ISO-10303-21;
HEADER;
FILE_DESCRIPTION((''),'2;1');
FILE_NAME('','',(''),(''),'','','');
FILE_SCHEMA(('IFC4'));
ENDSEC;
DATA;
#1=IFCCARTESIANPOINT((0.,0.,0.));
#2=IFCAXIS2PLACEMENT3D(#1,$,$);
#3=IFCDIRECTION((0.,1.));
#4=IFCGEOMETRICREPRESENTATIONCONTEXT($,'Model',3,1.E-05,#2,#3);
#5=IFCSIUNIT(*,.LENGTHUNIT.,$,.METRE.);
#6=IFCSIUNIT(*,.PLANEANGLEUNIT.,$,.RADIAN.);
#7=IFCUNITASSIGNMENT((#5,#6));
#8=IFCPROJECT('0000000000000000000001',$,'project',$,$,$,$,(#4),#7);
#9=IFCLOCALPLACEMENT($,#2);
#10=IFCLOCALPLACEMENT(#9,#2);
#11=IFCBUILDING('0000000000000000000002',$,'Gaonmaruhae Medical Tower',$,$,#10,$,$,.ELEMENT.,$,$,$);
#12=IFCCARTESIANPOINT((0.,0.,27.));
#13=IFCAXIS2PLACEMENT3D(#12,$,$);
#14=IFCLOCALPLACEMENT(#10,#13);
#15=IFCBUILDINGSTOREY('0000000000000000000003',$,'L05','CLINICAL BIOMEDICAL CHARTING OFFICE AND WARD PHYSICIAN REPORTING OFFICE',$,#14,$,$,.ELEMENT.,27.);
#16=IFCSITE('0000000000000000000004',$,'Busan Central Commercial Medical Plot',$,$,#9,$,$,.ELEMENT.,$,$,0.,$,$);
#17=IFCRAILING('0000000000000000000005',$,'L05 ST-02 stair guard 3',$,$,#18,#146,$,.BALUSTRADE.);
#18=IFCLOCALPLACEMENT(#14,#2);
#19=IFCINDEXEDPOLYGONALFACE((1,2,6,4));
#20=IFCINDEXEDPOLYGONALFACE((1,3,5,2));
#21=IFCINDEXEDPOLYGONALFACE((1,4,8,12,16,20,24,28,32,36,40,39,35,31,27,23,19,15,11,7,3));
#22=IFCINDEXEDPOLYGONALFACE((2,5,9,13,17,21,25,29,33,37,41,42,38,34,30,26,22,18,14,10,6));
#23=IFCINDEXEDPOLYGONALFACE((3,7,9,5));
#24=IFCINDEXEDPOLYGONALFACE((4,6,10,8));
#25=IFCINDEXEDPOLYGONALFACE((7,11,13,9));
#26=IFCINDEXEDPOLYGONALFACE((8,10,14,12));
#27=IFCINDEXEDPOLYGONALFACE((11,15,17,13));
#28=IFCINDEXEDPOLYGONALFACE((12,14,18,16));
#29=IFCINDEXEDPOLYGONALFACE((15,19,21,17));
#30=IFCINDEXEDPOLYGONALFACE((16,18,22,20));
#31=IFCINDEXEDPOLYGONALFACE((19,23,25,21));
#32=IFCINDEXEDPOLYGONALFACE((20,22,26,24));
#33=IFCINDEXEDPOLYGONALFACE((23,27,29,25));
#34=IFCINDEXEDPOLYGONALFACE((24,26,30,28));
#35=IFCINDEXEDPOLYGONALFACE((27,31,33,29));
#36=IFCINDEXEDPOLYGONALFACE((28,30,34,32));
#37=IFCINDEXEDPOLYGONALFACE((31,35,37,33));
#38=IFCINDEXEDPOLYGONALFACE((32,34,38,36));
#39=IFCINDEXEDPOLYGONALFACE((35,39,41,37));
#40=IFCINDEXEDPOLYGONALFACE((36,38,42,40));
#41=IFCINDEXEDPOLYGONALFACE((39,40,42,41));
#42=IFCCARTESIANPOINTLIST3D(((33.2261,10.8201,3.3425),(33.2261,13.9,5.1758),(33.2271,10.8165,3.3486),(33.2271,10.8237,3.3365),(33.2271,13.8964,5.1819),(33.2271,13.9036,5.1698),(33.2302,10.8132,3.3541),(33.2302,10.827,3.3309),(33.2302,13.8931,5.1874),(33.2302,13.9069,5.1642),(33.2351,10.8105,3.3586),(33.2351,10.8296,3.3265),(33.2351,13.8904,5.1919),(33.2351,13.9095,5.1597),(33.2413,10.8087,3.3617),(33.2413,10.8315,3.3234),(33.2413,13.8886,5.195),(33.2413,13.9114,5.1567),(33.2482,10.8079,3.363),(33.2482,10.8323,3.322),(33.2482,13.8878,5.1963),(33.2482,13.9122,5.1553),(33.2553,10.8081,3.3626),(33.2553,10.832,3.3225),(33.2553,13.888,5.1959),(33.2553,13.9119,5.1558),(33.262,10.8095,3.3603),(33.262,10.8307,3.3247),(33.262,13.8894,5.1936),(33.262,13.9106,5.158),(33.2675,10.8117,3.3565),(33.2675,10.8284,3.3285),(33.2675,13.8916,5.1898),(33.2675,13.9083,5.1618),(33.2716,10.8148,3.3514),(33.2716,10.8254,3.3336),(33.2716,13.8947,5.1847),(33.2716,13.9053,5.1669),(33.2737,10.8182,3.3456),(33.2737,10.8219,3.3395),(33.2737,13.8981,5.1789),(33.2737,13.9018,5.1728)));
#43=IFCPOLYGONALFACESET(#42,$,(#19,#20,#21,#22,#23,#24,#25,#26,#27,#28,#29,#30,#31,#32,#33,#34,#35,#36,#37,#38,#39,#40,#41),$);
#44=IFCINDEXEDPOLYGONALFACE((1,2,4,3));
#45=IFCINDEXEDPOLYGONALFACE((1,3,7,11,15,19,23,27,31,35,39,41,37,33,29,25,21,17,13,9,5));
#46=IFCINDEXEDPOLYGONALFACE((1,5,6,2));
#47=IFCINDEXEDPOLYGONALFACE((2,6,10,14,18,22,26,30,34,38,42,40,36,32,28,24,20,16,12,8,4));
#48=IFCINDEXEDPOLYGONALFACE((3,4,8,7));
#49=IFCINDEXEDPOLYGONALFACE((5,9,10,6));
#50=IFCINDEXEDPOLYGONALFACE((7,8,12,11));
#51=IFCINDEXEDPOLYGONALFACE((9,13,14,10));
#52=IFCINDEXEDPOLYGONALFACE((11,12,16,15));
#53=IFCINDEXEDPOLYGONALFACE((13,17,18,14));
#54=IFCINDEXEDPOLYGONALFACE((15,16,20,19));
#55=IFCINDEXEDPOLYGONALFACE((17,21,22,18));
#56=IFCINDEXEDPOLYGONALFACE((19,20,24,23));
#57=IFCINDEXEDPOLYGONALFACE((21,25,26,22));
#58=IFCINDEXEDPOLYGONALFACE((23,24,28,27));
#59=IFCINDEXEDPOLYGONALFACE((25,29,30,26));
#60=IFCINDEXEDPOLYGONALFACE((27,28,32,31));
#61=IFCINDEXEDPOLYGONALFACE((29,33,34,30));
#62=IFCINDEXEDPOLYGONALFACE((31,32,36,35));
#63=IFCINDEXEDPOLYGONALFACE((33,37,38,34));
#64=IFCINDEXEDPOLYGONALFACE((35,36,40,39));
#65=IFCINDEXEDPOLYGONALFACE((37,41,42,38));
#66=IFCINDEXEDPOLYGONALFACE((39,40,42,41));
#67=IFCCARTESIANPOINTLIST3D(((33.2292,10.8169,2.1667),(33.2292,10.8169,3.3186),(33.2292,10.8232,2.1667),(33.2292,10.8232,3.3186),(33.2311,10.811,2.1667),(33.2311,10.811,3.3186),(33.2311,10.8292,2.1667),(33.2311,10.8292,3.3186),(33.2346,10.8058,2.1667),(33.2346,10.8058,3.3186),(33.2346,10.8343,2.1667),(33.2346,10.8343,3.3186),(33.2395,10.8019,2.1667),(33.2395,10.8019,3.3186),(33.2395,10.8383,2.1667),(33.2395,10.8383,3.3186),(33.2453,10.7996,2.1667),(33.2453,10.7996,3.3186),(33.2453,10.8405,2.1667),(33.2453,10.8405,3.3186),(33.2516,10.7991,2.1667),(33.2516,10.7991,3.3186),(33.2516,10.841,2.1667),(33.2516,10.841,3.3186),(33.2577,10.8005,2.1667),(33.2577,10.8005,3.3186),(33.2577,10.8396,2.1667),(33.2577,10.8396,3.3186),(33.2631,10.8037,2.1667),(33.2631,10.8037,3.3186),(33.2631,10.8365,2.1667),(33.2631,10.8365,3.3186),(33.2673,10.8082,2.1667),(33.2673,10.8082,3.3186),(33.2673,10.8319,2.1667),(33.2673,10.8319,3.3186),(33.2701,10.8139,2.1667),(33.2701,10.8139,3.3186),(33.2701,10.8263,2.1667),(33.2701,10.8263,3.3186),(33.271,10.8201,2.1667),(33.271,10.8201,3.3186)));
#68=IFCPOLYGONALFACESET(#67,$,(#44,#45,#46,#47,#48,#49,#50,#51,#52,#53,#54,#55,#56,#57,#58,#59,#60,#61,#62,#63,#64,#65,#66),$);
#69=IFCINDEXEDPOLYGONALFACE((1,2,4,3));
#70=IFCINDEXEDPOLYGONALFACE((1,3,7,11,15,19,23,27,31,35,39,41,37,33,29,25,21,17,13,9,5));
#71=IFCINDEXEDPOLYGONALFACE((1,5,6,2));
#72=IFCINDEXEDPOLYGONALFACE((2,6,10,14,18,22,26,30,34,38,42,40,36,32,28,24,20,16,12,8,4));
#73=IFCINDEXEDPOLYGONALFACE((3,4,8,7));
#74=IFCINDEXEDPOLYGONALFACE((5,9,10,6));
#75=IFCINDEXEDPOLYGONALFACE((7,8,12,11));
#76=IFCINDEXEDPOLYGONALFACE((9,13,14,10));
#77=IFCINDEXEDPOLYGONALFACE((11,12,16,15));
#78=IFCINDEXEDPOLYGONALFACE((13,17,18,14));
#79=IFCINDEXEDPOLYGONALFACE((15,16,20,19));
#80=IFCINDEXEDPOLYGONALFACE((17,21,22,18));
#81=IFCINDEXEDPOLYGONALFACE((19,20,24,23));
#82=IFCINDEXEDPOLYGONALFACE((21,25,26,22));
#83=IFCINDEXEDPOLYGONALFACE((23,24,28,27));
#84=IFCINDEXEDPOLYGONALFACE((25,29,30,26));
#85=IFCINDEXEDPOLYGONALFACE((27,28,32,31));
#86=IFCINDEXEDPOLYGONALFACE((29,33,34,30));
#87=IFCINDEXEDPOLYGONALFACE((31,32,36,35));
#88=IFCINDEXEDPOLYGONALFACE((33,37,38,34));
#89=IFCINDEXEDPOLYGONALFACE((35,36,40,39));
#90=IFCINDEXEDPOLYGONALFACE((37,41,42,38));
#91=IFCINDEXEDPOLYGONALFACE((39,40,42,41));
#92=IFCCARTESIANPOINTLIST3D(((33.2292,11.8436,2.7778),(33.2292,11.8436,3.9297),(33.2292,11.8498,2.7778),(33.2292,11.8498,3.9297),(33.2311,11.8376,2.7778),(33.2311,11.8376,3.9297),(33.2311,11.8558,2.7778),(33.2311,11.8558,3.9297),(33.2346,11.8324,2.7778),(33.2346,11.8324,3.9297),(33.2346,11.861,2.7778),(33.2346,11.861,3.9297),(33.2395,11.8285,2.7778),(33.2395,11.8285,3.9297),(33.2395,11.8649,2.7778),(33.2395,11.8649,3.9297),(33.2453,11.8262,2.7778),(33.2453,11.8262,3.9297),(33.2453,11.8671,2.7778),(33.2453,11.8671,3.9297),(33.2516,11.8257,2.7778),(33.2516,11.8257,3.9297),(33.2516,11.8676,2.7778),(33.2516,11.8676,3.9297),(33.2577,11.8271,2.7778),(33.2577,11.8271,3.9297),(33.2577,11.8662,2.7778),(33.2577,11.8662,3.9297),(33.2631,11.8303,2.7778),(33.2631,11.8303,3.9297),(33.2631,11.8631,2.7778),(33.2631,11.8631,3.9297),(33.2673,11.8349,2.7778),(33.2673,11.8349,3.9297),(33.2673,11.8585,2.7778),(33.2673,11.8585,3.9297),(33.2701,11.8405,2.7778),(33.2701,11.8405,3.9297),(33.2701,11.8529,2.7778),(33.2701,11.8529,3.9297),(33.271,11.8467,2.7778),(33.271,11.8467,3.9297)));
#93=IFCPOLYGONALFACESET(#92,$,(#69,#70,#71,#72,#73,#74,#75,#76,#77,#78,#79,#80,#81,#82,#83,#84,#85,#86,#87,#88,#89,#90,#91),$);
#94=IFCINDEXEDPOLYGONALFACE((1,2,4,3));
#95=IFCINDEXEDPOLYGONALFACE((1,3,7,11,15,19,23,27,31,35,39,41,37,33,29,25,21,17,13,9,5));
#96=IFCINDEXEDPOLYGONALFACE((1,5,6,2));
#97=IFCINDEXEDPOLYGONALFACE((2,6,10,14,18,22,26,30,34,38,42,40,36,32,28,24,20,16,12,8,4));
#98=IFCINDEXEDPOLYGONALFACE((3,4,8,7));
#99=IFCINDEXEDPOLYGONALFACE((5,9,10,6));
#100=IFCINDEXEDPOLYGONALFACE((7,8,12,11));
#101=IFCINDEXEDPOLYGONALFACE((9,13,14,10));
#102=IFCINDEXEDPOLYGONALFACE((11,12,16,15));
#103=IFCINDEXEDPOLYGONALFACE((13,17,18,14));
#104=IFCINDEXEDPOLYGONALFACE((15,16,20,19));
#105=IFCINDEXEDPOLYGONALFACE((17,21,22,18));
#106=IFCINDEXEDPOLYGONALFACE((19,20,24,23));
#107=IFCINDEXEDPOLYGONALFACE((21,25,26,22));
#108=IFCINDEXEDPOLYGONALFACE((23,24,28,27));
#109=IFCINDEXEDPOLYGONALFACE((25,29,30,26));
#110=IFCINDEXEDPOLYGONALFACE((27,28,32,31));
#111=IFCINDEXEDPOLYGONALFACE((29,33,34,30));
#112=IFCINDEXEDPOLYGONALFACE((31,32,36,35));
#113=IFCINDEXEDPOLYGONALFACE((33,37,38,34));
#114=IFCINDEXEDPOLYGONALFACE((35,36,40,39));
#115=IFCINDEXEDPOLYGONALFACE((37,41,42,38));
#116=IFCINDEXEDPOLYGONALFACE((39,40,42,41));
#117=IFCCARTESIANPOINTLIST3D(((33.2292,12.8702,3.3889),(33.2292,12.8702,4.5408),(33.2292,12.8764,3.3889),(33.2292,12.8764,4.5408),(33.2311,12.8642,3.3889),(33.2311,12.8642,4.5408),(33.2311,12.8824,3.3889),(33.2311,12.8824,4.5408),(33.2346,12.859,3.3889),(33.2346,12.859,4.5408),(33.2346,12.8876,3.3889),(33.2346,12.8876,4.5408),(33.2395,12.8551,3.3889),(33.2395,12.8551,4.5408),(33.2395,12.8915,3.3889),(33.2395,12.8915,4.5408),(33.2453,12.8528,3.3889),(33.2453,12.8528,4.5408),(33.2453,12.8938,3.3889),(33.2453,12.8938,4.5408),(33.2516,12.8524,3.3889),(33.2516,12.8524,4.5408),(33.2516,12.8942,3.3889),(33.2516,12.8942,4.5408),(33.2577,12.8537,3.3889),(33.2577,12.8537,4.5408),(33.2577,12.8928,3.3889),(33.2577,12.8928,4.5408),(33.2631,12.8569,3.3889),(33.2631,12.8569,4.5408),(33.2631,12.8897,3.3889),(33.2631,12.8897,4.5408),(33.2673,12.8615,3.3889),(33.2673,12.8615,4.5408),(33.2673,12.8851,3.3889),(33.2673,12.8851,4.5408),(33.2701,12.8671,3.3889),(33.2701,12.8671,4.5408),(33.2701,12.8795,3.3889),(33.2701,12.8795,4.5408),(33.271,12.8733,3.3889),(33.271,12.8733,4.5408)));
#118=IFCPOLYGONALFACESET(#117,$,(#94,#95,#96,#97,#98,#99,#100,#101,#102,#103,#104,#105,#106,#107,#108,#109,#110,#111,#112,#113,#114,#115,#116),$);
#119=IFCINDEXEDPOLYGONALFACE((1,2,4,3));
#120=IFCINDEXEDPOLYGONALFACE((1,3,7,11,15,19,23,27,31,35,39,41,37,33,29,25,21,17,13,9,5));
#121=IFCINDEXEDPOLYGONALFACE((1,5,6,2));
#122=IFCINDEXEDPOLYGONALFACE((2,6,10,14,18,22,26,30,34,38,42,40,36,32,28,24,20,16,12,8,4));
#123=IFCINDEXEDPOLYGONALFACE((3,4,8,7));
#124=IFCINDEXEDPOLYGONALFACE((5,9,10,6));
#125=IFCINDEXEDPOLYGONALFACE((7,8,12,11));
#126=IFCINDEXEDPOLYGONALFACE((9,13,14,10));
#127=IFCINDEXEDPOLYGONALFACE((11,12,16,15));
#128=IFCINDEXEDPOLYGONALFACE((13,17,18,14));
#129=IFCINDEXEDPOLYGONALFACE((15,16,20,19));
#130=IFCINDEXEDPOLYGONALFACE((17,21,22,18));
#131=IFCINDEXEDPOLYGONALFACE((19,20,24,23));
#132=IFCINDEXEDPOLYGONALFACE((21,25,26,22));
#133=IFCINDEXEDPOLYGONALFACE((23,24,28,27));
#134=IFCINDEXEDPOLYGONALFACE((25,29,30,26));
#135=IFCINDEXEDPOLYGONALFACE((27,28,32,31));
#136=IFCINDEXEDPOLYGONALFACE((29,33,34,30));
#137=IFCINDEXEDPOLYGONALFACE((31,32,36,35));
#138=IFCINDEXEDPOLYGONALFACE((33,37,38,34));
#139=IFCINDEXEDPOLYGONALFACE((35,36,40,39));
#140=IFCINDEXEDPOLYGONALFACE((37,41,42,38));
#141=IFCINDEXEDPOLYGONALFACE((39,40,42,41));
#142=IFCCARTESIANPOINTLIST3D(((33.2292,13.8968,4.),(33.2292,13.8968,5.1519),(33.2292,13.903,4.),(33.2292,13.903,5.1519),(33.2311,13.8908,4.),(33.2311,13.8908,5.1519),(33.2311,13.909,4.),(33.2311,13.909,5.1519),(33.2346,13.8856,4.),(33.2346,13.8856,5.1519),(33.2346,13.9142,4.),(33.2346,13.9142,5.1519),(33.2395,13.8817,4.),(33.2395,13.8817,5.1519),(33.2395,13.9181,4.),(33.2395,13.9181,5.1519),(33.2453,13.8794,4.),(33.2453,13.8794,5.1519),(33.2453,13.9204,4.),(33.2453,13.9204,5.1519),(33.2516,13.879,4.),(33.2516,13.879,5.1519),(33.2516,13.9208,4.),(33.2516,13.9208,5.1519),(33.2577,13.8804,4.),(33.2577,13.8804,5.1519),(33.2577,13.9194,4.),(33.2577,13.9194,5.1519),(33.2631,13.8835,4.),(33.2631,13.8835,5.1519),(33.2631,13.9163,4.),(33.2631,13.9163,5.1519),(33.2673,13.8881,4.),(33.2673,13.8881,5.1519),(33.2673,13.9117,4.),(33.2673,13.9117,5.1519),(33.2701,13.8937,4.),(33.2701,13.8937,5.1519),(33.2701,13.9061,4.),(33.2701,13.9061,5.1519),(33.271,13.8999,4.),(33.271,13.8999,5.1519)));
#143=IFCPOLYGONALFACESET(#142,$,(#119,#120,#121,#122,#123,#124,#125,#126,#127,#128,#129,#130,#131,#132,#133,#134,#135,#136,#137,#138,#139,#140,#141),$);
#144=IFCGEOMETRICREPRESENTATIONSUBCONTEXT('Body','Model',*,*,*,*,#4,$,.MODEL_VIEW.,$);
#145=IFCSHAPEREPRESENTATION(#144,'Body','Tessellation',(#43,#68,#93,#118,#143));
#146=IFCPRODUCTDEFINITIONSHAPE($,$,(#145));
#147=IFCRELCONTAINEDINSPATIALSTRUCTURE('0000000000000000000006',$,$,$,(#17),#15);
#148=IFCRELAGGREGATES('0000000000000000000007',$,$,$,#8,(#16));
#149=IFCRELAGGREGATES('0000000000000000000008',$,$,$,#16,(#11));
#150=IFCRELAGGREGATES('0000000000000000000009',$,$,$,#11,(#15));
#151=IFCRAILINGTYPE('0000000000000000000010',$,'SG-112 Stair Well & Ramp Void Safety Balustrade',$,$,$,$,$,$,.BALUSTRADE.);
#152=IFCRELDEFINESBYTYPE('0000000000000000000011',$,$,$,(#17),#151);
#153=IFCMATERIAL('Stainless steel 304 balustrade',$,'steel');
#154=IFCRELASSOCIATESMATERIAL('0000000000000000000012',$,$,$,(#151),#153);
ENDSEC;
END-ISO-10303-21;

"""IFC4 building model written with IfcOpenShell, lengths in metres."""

from ifc_helpers import new_model, si_unit, direction, frame, origin, origin_2d, place, context, subcontext, project, spatial, circle, extrude, material, type_object, element, save


model = new_model("IFC4")

# Units and contexts
model_context = context("Model", 3, precision=1e-05, world=origin(), true_north=direction((0.0, 1.0)))
body_context = subcontext(model_context, "Body", "Model", "MODEL_VIEW")
ifc_project = project(units=[si_unit("LENGTHUNIT", "METRE"), si_unit("PLANEANGLEUNIT", "RADIAN")], contexts=[model_context])

# Site, building, storey
site_placement = place(None, origin())
site = spatial("IfcSite", under=ifc_project, at=site_placement, Name="Busan Central Commercial Medical Plot", CompositionType="ELEMENT", RefElevation=0.0)
building_placement = place(site_placement, origin())
building = spatial("IfcBuilding", under=site, at=building_placement, Name="Gaonmaruhae Medical Tower", CompositionType="ELEMENT")
storey_placement = place(building_placement, frame((0.0, 0.0, 27.0)))
storey = spatial("IfcBuildingStorey", under=building, at=storey_placement, Name="L05", Description="CLINICAL BIOMEDICAL CHARTING OFFICE AND WARD PHYSICIAN REPORTING OFFICE", CompositionType="ELEMENT", Elevation=27.0)

# Railing
ifc_material_1 = material(Name="Stainless steel 304 balustrade", Category="steel")
railing_type_1 = type_object("IfcRailingType", Name="SG-112 Stair Well & Ramp Void Safety Balustrade", PredefinedType="BALUSTRADE", material=ifc_material_1)
railing_1_placement = place(storey_placement, frame((33.25, 10.8201, 2.1667)))
element("IfcRailing", 1, at=railing_1_placement, inside=storey, type_object=railing_type_1, Name="L05 ST-02 stair guard 3", PredefinedType="BALUSTRADE", context=body_context, shape_type="SweptSolid", body=[
    extrude(circle(Radius=0.0239, at=origin_2d()), frame((0.0, 0.0, 1.1758), z_axis=(0.0, 0.859291, 0.511487), x_axis=(-1.0, 0.0, 0.0)), (0.0, 0.0, 1.0), 3.5842),
    extrude(circle(Radius=0.021, at=origin_2d()), origin(), (0.0, 0.0, 1.0), 1.1519),
    extrude(circle(Radius=0.021, at=origin_2d()), frame((0.0, 1.0266, 0.6111)), (0.0, 0.0, 1.0), 1.1519),
    extrude(circle(Radius=0.021, at=origin_2d()), frame((0.0, 2.0532, 1.2222)), (0.0, 0.0, 1.0), 1.1519),
    extrude(circle(Radius=0.021, at=origin_2d()), frame((0.0, 3.0798, 1.8333)), (0.0, 0.0, 1.0), 1.1519),
])

save(model, "model.ifc")
